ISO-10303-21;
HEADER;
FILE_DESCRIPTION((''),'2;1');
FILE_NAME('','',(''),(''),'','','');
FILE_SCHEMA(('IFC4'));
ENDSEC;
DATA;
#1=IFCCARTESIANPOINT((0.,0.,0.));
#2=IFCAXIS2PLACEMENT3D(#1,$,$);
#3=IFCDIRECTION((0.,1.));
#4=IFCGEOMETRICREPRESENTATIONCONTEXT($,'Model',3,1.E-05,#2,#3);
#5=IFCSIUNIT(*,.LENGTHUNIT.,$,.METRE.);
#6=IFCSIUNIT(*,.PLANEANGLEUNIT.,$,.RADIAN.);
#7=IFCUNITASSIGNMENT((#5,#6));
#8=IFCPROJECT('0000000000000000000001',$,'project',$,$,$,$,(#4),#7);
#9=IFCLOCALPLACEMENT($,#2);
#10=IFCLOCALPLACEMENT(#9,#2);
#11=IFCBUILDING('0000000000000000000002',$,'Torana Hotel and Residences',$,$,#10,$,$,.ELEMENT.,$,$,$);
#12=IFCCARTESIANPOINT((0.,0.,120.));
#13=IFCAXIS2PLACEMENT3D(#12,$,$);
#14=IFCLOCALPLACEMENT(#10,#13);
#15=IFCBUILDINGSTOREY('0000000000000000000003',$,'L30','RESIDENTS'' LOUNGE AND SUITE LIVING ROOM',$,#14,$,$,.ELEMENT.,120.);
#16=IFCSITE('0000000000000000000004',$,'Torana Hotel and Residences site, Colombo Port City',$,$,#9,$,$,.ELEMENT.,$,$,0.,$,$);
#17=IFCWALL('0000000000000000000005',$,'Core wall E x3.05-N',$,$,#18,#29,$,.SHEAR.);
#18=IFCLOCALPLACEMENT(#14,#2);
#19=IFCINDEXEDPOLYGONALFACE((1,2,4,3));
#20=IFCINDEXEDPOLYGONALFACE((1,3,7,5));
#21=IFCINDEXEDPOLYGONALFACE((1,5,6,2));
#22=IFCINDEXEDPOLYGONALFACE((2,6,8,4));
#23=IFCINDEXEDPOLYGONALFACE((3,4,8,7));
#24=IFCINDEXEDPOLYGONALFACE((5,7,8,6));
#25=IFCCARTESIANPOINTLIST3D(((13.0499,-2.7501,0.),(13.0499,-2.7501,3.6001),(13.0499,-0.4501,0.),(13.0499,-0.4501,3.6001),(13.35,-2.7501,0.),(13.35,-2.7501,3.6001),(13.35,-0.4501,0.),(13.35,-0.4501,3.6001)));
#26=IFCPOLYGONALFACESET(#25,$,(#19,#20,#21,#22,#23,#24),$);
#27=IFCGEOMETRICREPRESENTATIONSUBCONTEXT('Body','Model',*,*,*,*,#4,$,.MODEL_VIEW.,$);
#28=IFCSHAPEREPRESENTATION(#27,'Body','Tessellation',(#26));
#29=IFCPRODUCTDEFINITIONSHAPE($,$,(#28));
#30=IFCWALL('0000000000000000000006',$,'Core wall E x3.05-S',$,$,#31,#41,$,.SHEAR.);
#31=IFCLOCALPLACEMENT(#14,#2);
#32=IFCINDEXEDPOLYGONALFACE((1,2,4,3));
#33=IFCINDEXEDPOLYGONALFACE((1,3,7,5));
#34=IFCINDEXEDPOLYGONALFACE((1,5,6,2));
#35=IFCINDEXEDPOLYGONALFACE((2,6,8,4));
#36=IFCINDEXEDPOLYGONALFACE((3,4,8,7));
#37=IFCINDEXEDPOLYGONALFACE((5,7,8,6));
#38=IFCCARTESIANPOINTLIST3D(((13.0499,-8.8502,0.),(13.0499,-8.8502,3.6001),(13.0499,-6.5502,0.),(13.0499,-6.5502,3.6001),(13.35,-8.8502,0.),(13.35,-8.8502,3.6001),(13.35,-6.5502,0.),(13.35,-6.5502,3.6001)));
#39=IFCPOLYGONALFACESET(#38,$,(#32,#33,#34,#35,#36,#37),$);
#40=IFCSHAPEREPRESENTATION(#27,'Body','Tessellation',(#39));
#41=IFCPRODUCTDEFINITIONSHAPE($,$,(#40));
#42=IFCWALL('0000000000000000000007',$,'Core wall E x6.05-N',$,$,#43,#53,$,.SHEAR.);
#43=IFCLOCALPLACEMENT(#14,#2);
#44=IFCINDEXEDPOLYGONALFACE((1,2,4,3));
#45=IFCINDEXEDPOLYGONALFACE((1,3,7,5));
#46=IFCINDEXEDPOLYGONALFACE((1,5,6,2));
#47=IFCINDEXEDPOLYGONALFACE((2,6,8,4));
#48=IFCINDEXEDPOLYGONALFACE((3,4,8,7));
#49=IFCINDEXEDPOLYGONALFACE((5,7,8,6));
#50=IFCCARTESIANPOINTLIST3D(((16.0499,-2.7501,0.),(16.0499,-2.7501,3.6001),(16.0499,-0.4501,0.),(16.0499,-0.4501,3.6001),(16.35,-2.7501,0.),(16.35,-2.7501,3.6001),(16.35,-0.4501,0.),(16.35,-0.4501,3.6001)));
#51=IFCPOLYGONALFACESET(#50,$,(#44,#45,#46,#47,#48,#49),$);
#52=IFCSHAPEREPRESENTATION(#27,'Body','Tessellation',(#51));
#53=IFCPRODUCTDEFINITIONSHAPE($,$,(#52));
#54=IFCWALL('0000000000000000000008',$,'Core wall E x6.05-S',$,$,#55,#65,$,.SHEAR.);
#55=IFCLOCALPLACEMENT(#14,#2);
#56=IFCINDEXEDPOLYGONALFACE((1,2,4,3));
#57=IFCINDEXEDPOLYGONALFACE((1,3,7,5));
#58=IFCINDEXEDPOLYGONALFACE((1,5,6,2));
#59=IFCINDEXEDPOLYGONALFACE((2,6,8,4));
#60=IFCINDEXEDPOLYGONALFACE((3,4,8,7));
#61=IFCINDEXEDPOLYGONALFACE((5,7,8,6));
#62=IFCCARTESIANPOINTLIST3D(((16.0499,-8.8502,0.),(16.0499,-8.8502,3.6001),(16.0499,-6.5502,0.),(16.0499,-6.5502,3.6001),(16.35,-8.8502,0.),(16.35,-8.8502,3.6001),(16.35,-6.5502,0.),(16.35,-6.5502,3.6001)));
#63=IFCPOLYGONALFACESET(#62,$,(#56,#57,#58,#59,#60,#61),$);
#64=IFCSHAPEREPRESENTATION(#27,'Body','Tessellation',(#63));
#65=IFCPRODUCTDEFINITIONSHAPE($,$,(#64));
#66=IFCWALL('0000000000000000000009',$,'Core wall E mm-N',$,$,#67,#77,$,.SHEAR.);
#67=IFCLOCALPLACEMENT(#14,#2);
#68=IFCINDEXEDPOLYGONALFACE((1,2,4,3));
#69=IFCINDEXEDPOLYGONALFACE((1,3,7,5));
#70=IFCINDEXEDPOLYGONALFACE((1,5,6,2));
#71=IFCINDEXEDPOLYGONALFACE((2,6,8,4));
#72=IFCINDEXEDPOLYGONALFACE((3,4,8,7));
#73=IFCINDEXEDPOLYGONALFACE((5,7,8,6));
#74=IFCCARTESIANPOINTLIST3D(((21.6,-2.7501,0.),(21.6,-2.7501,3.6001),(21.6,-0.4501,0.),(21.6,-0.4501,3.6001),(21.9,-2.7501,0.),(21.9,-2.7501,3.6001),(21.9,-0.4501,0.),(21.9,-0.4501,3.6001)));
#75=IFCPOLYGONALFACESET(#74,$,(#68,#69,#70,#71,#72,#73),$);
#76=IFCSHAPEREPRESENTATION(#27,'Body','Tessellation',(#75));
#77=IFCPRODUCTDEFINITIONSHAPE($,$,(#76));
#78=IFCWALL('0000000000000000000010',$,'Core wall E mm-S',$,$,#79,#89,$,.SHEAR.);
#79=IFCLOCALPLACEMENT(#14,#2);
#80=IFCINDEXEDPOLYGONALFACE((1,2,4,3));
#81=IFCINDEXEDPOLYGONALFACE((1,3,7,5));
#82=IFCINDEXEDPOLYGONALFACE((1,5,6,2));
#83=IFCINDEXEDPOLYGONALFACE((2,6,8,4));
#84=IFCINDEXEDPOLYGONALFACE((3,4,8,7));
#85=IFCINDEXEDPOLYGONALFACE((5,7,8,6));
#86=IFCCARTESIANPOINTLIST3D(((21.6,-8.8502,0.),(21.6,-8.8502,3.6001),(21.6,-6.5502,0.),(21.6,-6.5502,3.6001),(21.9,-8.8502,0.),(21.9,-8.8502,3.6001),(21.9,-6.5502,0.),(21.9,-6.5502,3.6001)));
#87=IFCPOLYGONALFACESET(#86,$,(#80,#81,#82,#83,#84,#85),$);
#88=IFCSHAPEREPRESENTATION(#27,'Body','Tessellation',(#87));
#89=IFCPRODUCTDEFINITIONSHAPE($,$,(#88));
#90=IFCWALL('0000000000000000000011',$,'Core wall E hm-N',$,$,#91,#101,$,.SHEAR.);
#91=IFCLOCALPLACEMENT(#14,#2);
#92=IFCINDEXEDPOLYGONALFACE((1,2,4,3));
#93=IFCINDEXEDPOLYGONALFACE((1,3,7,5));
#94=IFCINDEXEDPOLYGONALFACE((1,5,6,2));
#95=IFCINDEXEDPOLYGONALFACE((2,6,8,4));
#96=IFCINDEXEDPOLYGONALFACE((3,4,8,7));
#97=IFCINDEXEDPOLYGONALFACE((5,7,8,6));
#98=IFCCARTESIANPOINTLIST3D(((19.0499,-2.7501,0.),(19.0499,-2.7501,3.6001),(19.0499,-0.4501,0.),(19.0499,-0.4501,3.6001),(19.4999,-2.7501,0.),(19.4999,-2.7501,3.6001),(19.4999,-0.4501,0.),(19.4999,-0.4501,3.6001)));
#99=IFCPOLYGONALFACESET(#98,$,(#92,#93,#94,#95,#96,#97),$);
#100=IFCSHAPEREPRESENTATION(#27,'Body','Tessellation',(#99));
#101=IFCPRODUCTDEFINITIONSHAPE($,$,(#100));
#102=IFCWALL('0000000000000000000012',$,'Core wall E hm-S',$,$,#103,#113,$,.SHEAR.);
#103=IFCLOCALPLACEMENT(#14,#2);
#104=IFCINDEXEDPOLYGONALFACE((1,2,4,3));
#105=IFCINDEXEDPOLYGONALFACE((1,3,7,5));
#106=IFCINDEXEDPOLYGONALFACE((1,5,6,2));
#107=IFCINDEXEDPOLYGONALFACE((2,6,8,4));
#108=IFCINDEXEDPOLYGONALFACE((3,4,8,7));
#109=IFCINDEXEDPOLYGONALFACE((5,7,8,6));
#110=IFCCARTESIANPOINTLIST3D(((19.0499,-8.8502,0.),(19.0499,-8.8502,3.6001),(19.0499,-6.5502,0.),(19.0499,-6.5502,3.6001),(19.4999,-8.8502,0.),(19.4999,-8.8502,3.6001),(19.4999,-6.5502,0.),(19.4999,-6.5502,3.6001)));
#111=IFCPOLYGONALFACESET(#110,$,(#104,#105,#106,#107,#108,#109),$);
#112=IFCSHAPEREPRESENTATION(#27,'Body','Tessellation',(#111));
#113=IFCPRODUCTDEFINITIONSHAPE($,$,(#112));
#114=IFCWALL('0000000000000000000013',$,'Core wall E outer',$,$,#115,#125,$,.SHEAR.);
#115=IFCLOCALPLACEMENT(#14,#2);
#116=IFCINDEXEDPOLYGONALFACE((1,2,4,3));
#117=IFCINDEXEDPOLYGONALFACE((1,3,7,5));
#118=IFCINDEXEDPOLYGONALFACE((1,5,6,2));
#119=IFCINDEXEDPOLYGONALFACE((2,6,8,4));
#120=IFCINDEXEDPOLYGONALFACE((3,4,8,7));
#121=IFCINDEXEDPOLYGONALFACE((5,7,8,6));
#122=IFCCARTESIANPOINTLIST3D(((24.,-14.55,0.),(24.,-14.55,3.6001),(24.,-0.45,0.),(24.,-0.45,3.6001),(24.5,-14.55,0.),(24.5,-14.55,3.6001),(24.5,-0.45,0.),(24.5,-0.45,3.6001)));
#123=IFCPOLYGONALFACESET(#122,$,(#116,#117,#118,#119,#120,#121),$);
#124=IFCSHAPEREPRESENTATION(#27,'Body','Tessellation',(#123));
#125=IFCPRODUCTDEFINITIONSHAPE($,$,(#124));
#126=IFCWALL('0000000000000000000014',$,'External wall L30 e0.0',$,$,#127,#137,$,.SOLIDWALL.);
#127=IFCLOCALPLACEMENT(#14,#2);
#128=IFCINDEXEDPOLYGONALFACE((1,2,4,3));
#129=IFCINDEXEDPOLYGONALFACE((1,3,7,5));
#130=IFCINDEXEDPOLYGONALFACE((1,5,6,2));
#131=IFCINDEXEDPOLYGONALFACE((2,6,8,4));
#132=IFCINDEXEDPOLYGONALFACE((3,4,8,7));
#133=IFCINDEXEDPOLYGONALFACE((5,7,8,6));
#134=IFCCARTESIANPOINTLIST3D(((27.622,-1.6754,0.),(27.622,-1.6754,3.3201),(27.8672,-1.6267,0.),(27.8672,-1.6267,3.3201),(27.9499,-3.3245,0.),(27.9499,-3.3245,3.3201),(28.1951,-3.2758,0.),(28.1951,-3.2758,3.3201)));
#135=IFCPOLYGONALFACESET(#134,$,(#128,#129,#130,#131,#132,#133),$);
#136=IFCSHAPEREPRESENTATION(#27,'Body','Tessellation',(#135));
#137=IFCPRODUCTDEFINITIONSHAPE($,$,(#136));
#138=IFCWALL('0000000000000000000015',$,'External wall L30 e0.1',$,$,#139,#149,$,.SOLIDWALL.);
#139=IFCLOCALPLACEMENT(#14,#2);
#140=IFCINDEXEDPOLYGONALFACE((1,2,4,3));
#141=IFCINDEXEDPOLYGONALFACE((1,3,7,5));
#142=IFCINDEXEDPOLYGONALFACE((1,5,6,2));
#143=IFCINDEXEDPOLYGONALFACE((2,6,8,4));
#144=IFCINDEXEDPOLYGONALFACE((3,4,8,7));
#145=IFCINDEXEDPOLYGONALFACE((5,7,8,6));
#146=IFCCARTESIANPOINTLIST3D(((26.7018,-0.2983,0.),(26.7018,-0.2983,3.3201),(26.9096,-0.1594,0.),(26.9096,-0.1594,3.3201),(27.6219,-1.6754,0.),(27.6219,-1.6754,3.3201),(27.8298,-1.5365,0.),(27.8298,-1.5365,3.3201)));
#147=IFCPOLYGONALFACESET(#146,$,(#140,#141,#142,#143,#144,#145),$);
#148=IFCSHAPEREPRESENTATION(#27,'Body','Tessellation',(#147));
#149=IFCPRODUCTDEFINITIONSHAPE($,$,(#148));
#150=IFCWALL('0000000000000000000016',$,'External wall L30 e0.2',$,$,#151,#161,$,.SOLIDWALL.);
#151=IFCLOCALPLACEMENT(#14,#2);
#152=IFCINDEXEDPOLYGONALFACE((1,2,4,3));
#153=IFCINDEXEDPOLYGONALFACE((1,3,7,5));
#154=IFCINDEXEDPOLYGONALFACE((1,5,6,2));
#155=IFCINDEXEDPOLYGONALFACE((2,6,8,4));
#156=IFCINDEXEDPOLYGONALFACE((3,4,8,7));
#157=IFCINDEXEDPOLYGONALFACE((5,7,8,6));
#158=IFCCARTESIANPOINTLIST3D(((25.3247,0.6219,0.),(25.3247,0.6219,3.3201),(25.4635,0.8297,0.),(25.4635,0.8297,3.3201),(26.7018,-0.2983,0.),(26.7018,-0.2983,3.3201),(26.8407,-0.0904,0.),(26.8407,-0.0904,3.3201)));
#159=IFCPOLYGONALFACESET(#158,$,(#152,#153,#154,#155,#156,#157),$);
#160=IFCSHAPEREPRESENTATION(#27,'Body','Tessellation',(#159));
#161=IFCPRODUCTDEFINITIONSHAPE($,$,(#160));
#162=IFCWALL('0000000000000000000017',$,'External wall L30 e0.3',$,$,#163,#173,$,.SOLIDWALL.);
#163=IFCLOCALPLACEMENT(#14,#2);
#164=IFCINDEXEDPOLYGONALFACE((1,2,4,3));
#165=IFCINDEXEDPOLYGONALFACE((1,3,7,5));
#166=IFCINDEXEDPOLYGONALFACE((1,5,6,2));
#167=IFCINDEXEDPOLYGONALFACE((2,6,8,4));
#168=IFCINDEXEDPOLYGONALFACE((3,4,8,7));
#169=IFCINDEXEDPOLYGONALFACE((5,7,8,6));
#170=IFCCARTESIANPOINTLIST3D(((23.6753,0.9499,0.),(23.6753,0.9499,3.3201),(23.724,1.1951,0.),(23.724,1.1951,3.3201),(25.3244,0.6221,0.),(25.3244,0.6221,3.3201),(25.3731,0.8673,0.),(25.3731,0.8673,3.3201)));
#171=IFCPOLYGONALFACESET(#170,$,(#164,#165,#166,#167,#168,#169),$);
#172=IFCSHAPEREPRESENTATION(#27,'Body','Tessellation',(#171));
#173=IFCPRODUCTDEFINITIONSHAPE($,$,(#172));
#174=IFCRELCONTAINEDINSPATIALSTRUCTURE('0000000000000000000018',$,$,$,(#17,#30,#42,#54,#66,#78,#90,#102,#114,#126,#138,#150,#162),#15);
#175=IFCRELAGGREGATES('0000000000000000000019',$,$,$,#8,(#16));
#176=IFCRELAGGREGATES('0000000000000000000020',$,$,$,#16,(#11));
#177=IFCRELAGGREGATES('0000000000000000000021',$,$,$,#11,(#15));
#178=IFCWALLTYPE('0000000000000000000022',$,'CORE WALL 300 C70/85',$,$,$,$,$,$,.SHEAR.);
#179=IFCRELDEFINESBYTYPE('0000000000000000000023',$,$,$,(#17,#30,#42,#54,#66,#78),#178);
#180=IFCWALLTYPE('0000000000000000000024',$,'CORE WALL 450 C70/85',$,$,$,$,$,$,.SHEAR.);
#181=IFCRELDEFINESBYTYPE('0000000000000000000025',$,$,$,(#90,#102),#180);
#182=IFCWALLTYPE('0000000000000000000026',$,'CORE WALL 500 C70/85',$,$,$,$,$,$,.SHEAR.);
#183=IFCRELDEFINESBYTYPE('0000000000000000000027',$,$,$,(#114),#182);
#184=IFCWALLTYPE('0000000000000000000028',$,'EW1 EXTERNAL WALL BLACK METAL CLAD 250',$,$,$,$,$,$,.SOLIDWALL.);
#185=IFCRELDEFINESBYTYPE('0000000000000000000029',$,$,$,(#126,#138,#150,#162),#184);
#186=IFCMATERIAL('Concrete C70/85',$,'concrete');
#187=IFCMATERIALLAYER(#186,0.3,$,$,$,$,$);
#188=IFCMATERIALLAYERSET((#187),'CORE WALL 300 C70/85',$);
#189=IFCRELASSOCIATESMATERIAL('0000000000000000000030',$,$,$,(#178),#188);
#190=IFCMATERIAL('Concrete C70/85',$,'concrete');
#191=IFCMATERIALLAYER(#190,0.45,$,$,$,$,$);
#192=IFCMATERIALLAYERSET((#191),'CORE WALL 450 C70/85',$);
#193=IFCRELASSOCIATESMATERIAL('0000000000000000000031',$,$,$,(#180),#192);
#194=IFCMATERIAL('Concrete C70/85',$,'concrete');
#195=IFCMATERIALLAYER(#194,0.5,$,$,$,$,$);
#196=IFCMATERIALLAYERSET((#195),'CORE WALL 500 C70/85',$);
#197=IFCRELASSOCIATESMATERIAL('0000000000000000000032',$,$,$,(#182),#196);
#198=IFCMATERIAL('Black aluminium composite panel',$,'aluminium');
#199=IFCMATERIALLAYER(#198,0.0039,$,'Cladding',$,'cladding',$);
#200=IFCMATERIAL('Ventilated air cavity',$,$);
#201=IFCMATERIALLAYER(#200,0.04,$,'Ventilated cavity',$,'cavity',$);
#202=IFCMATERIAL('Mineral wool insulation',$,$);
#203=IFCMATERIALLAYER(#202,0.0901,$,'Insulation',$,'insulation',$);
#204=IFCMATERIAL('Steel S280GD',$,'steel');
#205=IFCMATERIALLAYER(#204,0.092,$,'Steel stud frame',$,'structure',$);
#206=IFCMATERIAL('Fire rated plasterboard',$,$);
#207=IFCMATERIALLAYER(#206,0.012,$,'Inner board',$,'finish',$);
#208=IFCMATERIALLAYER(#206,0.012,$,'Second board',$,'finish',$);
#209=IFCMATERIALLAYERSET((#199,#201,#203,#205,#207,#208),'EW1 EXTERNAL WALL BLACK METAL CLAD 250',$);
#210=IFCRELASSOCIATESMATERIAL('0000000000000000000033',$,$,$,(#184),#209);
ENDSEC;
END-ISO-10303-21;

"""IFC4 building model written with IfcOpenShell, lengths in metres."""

from ifc_helpers import new_model, si_unit, direction, frame, frame_2d, origin, place, context, subcontext, project, spatial, rectangle, extrude, material, layer, layer_set, type_object, element, save


model = new_model("IFC4")

# Units and contexts
model_context = context("Model", 3, precision=1e-05, world=origin(), true_north=direction((0.0, 1.0)))
body_context = subcontext(model_context, "Body", "Model", "MODEL_VIEW")
ifc_project = project(units=[si_unit("LENGTHUNIT", "METRE"), si_unit("PLANEANGLEUNIT", "RADIAN")], contexts=[model_context])

# Site, building, storey
site_placement = place(None, origin())
site = spatial("IfcSite", under=ifc_project, at=site_placement, Name="Torana Hotel and Residences site, Colombo Port City", CompositionType="ELEMENT", RefElevation=0.0)
building_placement = place(site_placement, origin())
building = spatial("IfcBuilding", under=site, at=building_placement, Name="Torana Hotel and Residences", CompositionType="ELEMENT")
storey_placement = place(building_placement, frame((0.0, 0.0, 120.0)))
storey = spatial("IfcBuildingStorey", under=building, at=storey_placement, Name="L30", Description="RESIDENTS' LOUNGE AND SUITE LIVING ROOM", CompositionType="ELEMENT", Elevation=120.0)

# Walls
ifc_material_1 = material(Name="Concrete C70/85", Category="concrete")
ifc_layer_1 = layer(ifc_material_1, 0.3)
ifc_layer_set_1 = layer_set([ifc_layer_1], Name="CORE WALL 300 C70/85")
wall_type_1 = type_object("IfcWallType", Name="CORE WALL 300 C70/85", PredefinedType="SHEAR", material=ifc_layer_set_1)
for number, where, z_axis, x_axis, name in (
    (1, (13.2, -2.75, 0.0), (0.0, 0.0, 1.0), (0.0, 1.0, 0.0), "Core wall E x3.05-N"),
    (2, (13.2, -8.8501, 0.0), (0.0, 0.0, 1.0), (0.0, 1.0, 0.0), "Core wall E x3.05-S"),
    (3, (16.2, -2.75, 0.0), (0.0, 0.0, 1.0), (0.0, 1.0, 0.0), "Core wall E x6.05-N"),
    (4, (16.2, -8.8501, 0.0), (0.0, 0.0, 1.0), (0.0, 1.0, 0.0), "Core wall E x6.05-S"),
    (5, (21.75, -2.75, 0.0), (0.0, 0.0, 1.0), (0.0, 1.0, 0.0), "Core wall E mm-N"),
    (6, (21.75, -8.8501, 0.0), (0.0, 0.0, 1.0), (0.0, 1.0, 0.0), "Core wall E mm-S"),
):
    element("IfcWall", number, at=place(storey_placement, frame(where, z_axis=z_axis, x_axis=x_axis)), inside=storey, type_object=wall_type_1, Name=name, PredefinedType="SHEAR", context=body_context, shape_type="SweptSolid", body=[
        extrude(rectangle(XDim=2.3, YDim=0.3, at=frame_2d((1.1499, 0.0))), origin(), (0.0, 0.0, 1.0), 3.6001),
    ])
ifc_material_2 = material(Name="Concrete C70/85", Category="concrete")
ifc_layer_2 = layer(ifc_material_2, 0.45)
ifc_layer_set_2 = layer_set([ifc_layer_2], Name="CORE WALL 450 C70/85")
wall_type_2 = type_object("IfcWallType", Name="CORE WALL 450 C70/85", PredefinedType="SHEAR", material=ifc_layer_set_2)
for number, where, z_axis, x_axis, name in (
    (7, (19.2749, -2.75, 0.0), (0.0, 0.0, 1.0), (0.0, 1.0, 0.0), "Core wall E hm-N"),
    (8, (19.2749, -8.8501, 0.0), (0.0, 0.0, 1.0), (0.0, 1.0, 0.0), "Core wall E hm-S"),
):
    element("IfcWall", number, at=place(storey_placement, frame(where, z_axis=z_axis, x_axis=x_axis)), inside=storey, type_object=wall_type_2, Name=name, PredefinedType="SHEAR", context=body_context, shape_type="SweptSolid", body=[
        extrude(rectangle(XDim=2.3, YDim=0.45, at=frame_2d((1.1499, 0.0))), origin(), (0.0, 0.0, 1.0), 3.6001),
    ])
ifc_material_3 = material(Name="Concrete C70/85", Category="concrete")
ifc_layer_3 = layer(ifc_material_3, 0.5)
ifc_layer_set_3 = layer_set([ifc_layer_3], Name="CORE WALL 500 C70/85")
wall_type_3 = type_object("IfcWallType", Name="CORE WALL 500 C70/85", PredefinedType="SHEAR", material=ifc_layer_set_3)
wall_1_placement = place(storey_placement, frame((24.25, -14.55, 0.0), z_axis=(0.0, 0.0, 1.0), x_axis=(0.0, 1.0, 0.0)))
element("IfcWall", 9, at=wall_1_placement, inside=storey, type_object=wall_type_3, Name="Core wall E outer", PredefinedType="SHEAR", context=body_context, shape_type="SweptSolid", body=[
    extrude(rectangle(XDim=14.1001, YDim=0.5, at=frame_2d((7.05, 0.0))), origin(), (0.0, 0.0, 1.0), 3.6001),
])
ifc_material_4 = material(Name="Black aluminium composite panel", Category="aluminium")
ifc_layer_4 = layer(ifc_material_4, 0.0039, Name="Cladding", Category="cladding")
ifc_material_5 = material(Name="Ventilated air cavity")
ifc_layer_5 = layer(ifc_material_5, 0.04, Name="Ventilated cavity", Category="cavity")
ifc_material_6 = material(Name="Mineral wool insulation")
ifc_layer_6 = layer(ifc_material_6, 0.0901, Name="Insulation", Category="insulation")
ifc_material_7 = material(Name="Steel S280GD", Category="steel")
ifc_layer_7 = layer(ifc_material_7, 0.092, Name="Steel stud frame", Category="structure")
ifc_material_8 = material(Name="Fire rated plasterboard")
ifc_layer_8 = layer(ifc_material_8, 0.012, Name="Inner board", Category="finish")
ifc_layer_9 = layer(ifc_material_8, 0.012, Name="Second board", Category="finish")
ifc_layer_set_4 = layer_set([ifc_layer_4, ifc_layer_5, ifc_layer_6, ifc_layer_7, ifc_layer_8, ifc_layer_9], Name="EW1 EXTERNAL WALL BLACK METAL CLAD 250")
wall_type_4 = type_object("IfcWallType", Name="EW1 EXTERNAL WALL BLACK METAL CLAD 250", PredefinedType="SOLIDWALL", material=ifc_layer_set_4)
wall_2_placement = place(storey_placement, frame((28.0725, -3.3003, 0.0), z_axis=(0.0, 0.0, 1.0), x_axis=(-0.194999, 0.980803, 0.0)))
element("IfcWall", 10, at=wall_2_placement, inside=storey, type_object=wall_type_4, Name="External wall L30 e0.0", PredefinedType="SOLIDWALL", context=body_context, shape_type="SweptSolid", body=[
    extrude(rectangle(XDim=1.6814, YDim=0.25, at=frame_2d((0.8408, 0.0))), origin(), (0.0, 0.0, 1.0), 3.3201),
])
for number, where, z_axis, x_axis, name in (
    (11, (27.7258, -1.606, 0.0), (0.0, 0.0, 1.0), (-0.55555, 0.831483, 0.0), "External wall L30 e0.1"),
    (12, (26.7712, -0.1943, 0.0), (0.0, 0.0, 1.0), (-0.831483, 0.55555, 0.0), "External wall L30 e0.2"),
):
    element("IfcWall", number, at=place(storey_placement, frame(where, z_axis=z_axis, x_axis=x_axis)), inside=storey, type_object=wall_type_4, Name=name, PredefinedType="SOLIDWALL", context=body_context, shape_type="SweptSolid", body=[
        extrude(rectangle(XDim=1.6562, YDim=0.25, at=frame_2d((0.8281, 0.0))), origin(), (0.0, 0.0, 1.0), 3.3201),
    ])
wall_3_placement = place(storey_placement, frame((25.3489, 0.7446, 0.0), z_axis=(0.0, 0.0, 1.0), x_axis=(-0.980803, 0.194999, 0.0)))
element("IfcWall", 13, at=wall_3_placement, inside=storey, type_object=wall_type_4, Name="External wall L30 e0.3", PredefinedType="SOLIDWALL", context=body_context, shape_type="SweptSolid", body=[
    extrude(rectangle(XDim=1.6814, YDim=0.25, at=frame_2d((0.8408, 0.0))), origin(), (0.0, 0.0, 1.0), 3.3201),
])

save(model, "model.ifc")
